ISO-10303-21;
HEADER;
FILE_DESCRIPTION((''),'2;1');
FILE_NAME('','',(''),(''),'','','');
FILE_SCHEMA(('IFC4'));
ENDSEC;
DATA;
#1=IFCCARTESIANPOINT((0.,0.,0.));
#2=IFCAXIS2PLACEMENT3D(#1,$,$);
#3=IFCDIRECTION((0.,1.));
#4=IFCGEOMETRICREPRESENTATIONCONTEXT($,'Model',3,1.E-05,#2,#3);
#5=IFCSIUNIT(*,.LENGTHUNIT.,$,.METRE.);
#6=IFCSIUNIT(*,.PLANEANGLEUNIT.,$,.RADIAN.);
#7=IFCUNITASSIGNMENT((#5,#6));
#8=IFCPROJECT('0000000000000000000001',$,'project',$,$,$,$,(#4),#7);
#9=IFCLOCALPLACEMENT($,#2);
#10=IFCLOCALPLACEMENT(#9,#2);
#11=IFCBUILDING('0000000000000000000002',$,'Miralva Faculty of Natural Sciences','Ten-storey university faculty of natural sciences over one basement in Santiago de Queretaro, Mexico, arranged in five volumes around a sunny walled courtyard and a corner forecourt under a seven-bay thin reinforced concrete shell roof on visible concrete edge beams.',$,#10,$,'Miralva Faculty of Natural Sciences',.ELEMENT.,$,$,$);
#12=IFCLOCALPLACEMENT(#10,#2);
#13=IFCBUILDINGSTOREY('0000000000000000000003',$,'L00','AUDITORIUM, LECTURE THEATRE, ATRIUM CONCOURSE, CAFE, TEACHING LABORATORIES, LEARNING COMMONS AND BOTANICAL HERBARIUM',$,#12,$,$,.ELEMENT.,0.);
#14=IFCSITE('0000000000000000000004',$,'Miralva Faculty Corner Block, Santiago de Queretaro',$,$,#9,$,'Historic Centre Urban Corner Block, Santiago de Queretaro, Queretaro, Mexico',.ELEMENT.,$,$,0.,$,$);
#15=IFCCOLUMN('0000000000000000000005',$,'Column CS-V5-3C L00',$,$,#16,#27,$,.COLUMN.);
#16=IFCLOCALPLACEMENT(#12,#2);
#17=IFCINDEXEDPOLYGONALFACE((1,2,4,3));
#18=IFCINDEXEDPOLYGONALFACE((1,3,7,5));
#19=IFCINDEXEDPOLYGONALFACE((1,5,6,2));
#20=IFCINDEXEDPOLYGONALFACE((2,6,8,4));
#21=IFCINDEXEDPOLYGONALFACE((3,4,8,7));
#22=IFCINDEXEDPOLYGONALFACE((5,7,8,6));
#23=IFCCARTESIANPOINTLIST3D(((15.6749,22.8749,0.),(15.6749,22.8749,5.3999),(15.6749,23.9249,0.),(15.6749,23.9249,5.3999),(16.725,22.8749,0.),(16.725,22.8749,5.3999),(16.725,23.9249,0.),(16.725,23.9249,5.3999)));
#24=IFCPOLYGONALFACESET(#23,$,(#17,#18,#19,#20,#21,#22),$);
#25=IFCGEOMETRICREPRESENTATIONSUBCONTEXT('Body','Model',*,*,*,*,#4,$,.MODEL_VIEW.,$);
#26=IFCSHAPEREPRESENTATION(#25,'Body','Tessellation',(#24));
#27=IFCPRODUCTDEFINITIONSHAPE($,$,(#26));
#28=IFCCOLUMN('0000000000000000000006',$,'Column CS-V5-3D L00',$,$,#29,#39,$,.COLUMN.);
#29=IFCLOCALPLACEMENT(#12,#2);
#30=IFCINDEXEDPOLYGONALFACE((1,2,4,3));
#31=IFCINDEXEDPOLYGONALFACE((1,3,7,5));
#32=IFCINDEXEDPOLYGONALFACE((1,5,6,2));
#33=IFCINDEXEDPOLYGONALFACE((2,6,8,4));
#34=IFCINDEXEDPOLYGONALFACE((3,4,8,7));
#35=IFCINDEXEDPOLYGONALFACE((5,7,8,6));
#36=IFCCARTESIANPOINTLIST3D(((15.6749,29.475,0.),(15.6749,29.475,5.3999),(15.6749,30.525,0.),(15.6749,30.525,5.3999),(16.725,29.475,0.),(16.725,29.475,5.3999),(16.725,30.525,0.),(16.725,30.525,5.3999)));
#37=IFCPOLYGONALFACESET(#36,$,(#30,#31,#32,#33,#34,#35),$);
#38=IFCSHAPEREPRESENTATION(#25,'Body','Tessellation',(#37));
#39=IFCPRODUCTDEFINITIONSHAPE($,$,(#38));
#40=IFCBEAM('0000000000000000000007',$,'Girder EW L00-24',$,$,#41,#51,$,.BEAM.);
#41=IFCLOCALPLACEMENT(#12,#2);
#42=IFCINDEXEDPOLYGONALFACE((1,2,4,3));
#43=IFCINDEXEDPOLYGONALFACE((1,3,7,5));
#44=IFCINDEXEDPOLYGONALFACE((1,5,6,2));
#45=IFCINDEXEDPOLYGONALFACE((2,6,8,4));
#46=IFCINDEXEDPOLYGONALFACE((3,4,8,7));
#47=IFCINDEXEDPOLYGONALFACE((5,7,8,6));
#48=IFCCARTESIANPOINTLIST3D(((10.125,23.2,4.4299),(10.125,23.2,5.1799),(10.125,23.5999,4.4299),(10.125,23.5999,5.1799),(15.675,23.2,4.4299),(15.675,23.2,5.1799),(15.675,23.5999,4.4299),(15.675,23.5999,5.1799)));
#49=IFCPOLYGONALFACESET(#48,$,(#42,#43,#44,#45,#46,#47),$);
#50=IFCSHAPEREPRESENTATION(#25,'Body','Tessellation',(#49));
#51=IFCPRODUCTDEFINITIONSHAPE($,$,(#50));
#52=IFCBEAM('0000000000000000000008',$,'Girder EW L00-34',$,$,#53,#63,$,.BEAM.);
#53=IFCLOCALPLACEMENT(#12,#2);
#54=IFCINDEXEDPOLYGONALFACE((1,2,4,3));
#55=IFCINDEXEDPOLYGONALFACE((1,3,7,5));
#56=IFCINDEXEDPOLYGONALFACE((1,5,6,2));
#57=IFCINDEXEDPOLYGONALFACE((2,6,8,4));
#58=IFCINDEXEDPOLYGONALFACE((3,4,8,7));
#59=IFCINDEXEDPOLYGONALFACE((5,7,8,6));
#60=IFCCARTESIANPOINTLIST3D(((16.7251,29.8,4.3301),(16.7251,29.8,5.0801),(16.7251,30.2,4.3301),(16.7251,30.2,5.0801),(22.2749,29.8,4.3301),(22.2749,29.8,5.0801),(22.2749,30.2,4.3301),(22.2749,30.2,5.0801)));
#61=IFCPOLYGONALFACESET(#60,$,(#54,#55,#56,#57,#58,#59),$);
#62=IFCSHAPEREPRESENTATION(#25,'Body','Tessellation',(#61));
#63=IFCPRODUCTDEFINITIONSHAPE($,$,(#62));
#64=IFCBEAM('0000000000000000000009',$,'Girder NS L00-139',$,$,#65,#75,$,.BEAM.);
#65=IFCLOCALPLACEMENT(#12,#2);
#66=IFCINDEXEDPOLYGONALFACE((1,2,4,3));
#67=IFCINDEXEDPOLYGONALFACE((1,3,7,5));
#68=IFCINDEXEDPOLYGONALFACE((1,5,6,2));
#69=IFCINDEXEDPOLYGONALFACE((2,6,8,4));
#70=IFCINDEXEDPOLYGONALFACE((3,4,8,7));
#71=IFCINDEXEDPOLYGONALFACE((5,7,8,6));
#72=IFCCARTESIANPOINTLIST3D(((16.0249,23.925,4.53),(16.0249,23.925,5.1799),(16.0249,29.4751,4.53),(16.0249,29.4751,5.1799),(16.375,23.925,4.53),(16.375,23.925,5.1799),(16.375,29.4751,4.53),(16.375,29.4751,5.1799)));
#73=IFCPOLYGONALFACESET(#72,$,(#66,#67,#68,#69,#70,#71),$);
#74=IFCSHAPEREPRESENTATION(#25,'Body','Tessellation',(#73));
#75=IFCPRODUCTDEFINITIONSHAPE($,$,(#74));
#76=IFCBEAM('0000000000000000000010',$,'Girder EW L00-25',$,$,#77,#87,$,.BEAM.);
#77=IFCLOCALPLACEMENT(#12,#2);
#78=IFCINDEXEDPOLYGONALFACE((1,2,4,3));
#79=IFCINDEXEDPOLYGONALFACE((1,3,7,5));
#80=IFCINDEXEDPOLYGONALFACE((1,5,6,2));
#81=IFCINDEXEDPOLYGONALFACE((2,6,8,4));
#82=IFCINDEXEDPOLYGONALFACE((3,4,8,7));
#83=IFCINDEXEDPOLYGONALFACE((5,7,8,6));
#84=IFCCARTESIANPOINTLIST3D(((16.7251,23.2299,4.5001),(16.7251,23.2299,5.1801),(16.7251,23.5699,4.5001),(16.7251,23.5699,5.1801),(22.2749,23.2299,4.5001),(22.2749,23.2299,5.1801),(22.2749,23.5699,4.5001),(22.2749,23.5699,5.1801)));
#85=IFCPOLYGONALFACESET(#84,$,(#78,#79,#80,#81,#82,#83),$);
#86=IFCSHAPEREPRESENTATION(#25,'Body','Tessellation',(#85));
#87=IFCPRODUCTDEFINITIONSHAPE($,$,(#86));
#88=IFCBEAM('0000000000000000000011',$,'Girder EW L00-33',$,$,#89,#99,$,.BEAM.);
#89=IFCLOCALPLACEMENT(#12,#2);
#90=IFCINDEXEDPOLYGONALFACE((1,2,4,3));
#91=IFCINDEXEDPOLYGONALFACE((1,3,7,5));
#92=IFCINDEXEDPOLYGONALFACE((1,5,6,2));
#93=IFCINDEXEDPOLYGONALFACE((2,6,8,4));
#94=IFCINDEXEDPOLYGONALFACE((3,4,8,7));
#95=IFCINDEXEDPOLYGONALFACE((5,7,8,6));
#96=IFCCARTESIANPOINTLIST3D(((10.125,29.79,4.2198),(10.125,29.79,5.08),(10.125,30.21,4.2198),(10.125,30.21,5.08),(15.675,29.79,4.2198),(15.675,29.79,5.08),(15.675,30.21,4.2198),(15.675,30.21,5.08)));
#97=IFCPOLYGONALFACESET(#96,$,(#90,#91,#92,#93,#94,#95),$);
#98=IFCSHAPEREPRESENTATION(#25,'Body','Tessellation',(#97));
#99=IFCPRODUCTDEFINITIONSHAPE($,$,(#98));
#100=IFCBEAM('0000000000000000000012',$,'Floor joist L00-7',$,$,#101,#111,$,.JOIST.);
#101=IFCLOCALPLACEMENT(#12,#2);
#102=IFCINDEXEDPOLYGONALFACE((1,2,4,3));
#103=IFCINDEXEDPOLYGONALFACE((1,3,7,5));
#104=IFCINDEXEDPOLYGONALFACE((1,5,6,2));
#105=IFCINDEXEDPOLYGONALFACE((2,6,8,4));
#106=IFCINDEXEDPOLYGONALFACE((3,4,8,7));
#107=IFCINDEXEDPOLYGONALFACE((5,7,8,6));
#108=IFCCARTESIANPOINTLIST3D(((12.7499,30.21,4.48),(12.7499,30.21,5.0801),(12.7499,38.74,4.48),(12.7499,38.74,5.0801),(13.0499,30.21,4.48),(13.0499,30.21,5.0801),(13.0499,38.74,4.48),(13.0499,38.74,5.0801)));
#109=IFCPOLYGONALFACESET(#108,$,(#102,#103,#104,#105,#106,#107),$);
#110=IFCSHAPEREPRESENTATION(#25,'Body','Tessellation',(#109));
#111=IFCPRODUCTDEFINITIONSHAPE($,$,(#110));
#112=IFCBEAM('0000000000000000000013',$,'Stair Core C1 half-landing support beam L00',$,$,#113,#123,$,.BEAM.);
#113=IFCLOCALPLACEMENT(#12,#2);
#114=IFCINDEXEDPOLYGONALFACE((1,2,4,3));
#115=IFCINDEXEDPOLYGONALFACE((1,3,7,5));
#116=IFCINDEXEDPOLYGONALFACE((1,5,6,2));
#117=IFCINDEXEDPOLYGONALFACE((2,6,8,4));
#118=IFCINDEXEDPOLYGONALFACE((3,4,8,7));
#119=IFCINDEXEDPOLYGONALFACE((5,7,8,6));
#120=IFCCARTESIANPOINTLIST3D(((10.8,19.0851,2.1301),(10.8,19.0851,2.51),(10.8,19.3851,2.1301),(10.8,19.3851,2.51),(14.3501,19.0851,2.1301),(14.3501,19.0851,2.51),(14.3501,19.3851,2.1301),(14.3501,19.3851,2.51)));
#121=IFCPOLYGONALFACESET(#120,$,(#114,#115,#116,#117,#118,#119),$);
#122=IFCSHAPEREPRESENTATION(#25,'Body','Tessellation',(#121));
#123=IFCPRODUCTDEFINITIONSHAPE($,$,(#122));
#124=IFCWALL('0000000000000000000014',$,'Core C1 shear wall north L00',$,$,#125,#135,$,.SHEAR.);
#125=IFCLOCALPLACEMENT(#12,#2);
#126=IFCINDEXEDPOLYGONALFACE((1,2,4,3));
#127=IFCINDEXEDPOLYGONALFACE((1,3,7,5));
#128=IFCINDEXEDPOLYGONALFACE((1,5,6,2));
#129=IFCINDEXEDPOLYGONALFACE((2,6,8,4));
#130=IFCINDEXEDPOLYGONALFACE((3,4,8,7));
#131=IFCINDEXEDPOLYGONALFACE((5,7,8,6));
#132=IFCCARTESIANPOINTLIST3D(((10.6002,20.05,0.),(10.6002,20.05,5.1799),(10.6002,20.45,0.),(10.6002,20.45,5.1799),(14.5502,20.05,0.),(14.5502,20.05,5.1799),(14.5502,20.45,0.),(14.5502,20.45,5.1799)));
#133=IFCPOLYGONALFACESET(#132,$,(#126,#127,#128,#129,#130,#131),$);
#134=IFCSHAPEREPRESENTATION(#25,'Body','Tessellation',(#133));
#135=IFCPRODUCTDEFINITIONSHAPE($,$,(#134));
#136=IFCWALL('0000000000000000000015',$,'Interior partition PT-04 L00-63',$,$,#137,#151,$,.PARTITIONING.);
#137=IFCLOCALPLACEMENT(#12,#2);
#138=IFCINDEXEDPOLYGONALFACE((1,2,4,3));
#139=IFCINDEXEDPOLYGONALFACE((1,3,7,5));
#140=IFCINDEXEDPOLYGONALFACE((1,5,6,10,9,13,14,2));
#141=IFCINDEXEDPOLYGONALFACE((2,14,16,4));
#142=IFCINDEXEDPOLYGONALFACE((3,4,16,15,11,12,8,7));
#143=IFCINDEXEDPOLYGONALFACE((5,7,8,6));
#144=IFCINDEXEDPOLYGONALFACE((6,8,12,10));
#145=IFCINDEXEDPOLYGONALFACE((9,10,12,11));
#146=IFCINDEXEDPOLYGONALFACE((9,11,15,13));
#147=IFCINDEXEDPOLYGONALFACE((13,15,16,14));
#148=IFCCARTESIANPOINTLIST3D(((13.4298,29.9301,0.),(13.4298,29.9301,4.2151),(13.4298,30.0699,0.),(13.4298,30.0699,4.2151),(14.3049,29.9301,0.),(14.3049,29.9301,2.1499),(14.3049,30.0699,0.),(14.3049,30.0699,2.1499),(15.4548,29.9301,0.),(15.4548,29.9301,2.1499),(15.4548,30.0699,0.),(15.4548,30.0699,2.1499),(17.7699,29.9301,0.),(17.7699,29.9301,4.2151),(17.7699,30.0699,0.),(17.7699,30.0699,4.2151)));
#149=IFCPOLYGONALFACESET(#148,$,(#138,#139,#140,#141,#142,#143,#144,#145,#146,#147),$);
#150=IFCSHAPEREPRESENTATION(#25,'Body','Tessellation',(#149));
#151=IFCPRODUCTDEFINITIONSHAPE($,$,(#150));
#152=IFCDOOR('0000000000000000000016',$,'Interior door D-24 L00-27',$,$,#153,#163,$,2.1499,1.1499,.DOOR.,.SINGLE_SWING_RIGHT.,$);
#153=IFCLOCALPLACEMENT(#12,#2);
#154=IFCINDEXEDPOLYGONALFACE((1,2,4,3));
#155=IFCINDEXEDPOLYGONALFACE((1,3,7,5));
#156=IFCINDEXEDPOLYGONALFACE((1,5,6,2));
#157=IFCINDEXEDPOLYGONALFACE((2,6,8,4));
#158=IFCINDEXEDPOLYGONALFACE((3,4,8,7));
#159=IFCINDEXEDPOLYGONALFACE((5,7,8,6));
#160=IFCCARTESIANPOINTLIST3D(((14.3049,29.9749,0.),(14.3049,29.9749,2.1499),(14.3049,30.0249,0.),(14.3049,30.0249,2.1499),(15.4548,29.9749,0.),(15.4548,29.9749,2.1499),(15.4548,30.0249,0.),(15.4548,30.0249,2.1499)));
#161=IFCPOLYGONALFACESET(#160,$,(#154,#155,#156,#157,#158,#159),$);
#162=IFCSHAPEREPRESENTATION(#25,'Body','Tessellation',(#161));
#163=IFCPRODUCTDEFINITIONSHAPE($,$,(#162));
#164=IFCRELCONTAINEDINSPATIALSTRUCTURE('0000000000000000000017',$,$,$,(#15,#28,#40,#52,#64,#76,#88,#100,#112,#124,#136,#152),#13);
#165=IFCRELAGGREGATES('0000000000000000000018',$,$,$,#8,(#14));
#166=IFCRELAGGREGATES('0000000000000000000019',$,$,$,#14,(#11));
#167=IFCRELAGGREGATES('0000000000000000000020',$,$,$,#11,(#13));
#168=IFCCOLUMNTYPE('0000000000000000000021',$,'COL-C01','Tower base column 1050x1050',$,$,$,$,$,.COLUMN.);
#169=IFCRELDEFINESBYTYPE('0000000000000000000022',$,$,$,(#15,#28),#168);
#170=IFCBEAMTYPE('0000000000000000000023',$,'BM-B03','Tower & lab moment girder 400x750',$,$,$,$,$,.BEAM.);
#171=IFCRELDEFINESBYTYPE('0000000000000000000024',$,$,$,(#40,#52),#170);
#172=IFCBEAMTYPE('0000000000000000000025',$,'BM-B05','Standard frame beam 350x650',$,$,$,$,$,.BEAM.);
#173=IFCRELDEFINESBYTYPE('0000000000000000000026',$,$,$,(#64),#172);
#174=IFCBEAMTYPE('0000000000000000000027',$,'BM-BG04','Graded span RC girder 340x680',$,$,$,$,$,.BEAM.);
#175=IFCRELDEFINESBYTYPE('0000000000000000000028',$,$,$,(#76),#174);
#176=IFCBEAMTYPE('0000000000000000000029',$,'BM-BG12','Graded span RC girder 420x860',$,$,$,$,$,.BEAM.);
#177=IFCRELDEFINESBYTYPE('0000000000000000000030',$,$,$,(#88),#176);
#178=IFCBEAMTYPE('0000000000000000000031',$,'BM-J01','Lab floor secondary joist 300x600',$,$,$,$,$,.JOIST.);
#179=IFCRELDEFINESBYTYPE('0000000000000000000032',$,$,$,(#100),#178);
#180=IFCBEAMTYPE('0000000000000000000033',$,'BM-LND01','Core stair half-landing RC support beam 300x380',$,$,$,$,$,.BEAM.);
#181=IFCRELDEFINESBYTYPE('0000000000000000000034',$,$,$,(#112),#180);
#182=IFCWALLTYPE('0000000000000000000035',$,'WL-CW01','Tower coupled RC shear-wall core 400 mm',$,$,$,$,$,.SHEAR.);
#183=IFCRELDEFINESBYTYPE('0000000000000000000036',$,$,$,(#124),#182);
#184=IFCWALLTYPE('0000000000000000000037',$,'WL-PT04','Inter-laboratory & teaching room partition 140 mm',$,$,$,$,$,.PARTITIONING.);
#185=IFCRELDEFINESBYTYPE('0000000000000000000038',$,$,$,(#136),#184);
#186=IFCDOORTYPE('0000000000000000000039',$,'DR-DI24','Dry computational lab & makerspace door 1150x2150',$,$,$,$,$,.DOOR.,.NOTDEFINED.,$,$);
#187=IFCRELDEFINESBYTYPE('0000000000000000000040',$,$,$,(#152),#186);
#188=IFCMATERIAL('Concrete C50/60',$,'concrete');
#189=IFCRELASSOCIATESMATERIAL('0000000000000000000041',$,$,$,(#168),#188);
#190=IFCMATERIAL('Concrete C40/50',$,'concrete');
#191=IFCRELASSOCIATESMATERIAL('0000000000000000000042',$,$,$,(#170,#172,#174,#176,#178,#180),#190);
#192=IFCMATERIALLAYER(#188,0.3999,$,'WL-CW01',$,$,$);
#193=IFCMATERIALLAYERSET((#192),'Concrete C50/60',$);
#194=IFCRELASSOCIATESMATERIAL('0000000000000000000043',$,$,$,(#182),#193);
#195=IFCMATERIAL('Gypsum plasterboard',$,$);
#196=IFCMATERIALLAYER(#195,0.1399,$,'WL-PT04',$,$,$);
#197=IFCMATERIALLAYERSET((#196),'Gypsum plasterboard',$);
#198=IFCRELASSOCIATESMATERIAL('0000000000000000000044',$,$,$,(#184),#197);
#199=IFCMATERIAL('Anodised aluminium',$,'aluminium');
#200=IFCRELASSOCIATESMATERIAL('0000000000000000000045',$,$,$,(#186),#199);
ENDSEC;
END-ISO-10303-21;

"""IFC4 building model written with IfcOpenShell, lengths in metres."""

from ifc_helpers import new_model, si_unit, direction, frame, frame_2d, origin, origin_2d, place, context, subcontext, project, spatial, rectangle, extrude, material, layer, layer_set, material_profile, profile_set, type_object, element, fill, save


model = new_model("IFC4")

# Units and contexts
model_context = context("Model", 3, precision=1e-05, world=origin(), true_north=direction((0.0, 1.0)))
body_context = subcontext(model_context, "Body", "Model", "MODEL_VIEW")
ifc_project = project(units=[si_unit("LENGTHUNIT", "METRE"), si_unit("PLANEANGLEUNIT", "RADIAN")], contexts=[model_context])

# Site, building, storey
site_placement = place(None, origin())
site = spatial("IfcSite", under=ifc_project, at=site_placement, Name="Miralva Faculty Corner Block, Santiago de Queretaro", LongName="Historic Centre Urban Corner Block, Santiago de Queretaro, Queretaro, Mexico", CompositionType="ELEMENT", RefElevation=0.0)
building_placement = place(site_placement, origin())
building = spatial("IfcBuilding", under=site, at=building_placement, Name="Miralva Faculty of Natural Sciences", Description="Ten-storey university faculty of natural sciences over one basement in Santiago de Queretaro, Mexico, arranged in five volumes around a sunny walled courtyard and a corner forecourt under a seven-bay thin reinforced concrete shell roof on visible concrete edge beams.", LongName="Miralva Faculty of Natural Sciences", CompositionType="ELEMENT")
storey_placement = place(building_placement, origin())
storey = spatial("IfcBuildingStorey", under=building, at=storey_placement, Name="L00", Description="AUDITORIUM, LECTURE THEATRE, ATRIUM CONCOURSE, CAFE, TEACHING LABORATORIES, LEARNING COMMONS AND BOTANICAL HERBARIUM", CompositionType="ELEMENT", Elevation=0.0)

# Columns
ifc_material_1 = material(Name="Concrete C50/60", Category="concrete")
ifc_material_profile_1 = material_profile(ifc_material_1, rectangle(XDim=1.05, YDim=1.05, at=origin_2d()), Name="RC 1050x1050")
ifc_profile_set_1 = profile_set([ifc_material_profile_1], Name="Concrete C50/60")
column_type = type_object("IfcColumnType", Name="COL-C01", Description="Tower base column 1050x1050", PredefinedType="COLUMN", material=ifc_profile_set_1)
for number, where, z_axis, x_axis, name in (
    (1, (16.2, 23.3999, 0.0), (0.0, 0.0, 1.0), (1.0, 0.0, 0.0), "Column CS-V5-3C L00"),
    (2, (16.2, 30.0, 0.0), (0.0, 0.0, 1.0), (1.0, 0.0, 0.0), "Column CS-V5-3D L00"),
):
    element("IfcColumn", number, at=place(storey_placement, frame(where, z_axis=z_axis, x_axis=x_axis)), inside=storey, type_object=column_type, Name=name, PredefinedType="COLUMN", context=body_context, shape_type="SweptSolid", body=[
        extrude(rectangle(XDim=1.05, YDim=1.05, at=origin_2d()), origin(), (0.0, 0.0, 1.0), 5.3999),
    ])

# Beams
ifc_material_2 = material(Name="Concrete C40/50", Category="concrete")
ifc_material_profile_2 = material_profile(ifc_material_2, rectangle(XDim=0.3999, YDim=0.75, at=origin_2d()), Name="RC 400x750")
ifc_profile_set_2 = profile_set([ifc_material_profile_2], Name="Concrete C40/50")
beam_type_1 = type_object("IfcBeamType", Name="BM-B03", Description="Tower & lab moment girder 400x750", PredefinedType="BEAM", material=ifc_profile_set_2)
beam_1_placement = place(storey_placement, frame((10.125, 23.3999, 4.8049), z_axis=(1.0, 0.0, 0.0), x_axis=(0.0, 1.0, 0.0)))
element("IfcBeam", 3, at=beam_1_placement, inside=storey, type_object=beam_type_1, Name="Girder EW L00-24", PredefinedType="BEAM", context=body_context, shape_type="SweptSolid", body=[
    extrude(rectangle(XDim=0.3999, YDim=0.75, at=origin_2d()), origin(), (0.0, 0.0, 1.0), 5.55),
])
beam_2_placement = place(storey_placement, frame((16.7251, 30.0, 4.7051), z_axis=(1.0, 0.0, 0.0), x_axis=(0.0, 1.0, 0.0)))
element("IfcBeam", 4, at=beam_2_placement, inside=storey, type_object=beam_type_1, Name="Girder EW L00-34", PredefinedType="BEAM", context=body_context, shape_type="SweptSolid", body=[
    extrude(rectangle(XDim=0.3999, YDim=0.75, at=origin_2d()), origin(), (0.0, 0.0, 1.0), 5.5498),
])
ifc_material_profile_3 = material_profile(ifc_material_2, rectangle(XDim=0.3501, YDim=0.6499, at=origin_2d()), Name="RC 350x650")
ifc_profile_set_3 = profile_set([ifc_material_profile_3], Name="Concrete C40/50")
beam_type_2 = type_object("IfcBeamType", Name="BM-B05", Description="Standard frame beam 350x650", PredefinedType="BEAM", material=ifc_profile_set_3)
beam_3_placement = place(storey_placement, frame((16.2, 23.925, 4.855), z_axis=(0.0, 1.0, 0.0), x_axis=(-1.0, 0.0, 0.0)))
element("IfcBeam", 5, at=beam_3_placement, inside=storey, type_object=beam_type_2, Name="Girder NS L00-139", PredefinedType="BEAM", context=body_context, shape_type="SweptSolid", body=[
    extrude(rectangle(XDim=0.3501, YDim=0.6499, at=origin_2d()), origin(), (0.0, 0.0, 1.0), 5.55),
])
ifc_material_profile_4 = material_profile(ifc_material_2, rectangle(XDim=0.3401, YDim=0.6799, at=origin_2d()), Name="RC 340x680")
ifc_profile_set_4 = profile_set([ifc_material_profile_4], Name="Concrete C40/50")
beam_type_3 = type_object("IfcBeamType", Name="BM-BG04", Description="Graded span RC girder 340x680", PredefinedType="BEAM", material=ifc_profile_set_4)
beam_4_placement = place(storey_placement, frame((16.7251, 23.3999, 4.8401), z_axis=(1.0, 0.0, 0.0), x_axis=(0.0, 1.0, 0.0)))
element("IfcBeam", 6, at=beam_4_placement, inside=storey, type_object=beam_type_3, Name="Girder EW L00-25", PredefinedType="BEAM", context=body_context, shape_type="SweptSolid", body=[
    extrude(rectangle(XDim=0.3401, YDim=0.6799, at=origin_2d()), origin(), (0.0, 0.0, 1.0), 5.5498),
])
ifc_material_profile_5 = material_profile(ifc_material_2, rectangle(XDim=0.4199, YDim=0.8601, at=origin_2d()), Name="RC 420x860")
ifc_profile_set_5 = profile_set([ifc_material_profile_5], Name="Concrete C40/50")
beam_type_4 = type_object("IfcBeamType", Name="BM-BG12", Description="Graded span RC girder 420x860", PredefinedType="BEAM", material=ifc_profile_set_5)
beam_5_placement = place(storey_placement, frame((10.125, 30.0, 4.6499), z_axis=(1.0, 0.0, 0.0), x_axis=(0.0, 1.0, 0.0)))
element("IfcBeam", 7, at=beam_5_placement, inside=storey, type_object=beam_type_4, Name="Girder EW L00-33", PredefinedType="BEAM", context=body_context, shape_type="SweptSolid", body=[
    extrude(rectangle(XDim=0.4199, YDim=0.8601, at=origin_2d()), origin(), (0.0, 0.0, 1.0), 5.55),
])
ifc_material_profile_6 = material_profile(ifc_material_2, rectangle(XDim=0.3, YDim=0.6001, at=origin_2d()), Name="RC 300x600")
ifc_profile_set_6 = profile_set([ifc_material_profile_6], Name="Concrete C40/50")
beam_type_5 = type_object("IfcBeamType", Name="BM-J01", Description="Lab floor secondary joist 300x600", PredefinedType="JOIST", material=ifc_profile_set_6)
beam_6_placement = place(storey_placement, frame((12.8999, 30.21, 4.78), z_axis=(0.0, 1.0, 0.0), x_axis=(-1.0, 0.0, 0.0)))
element("IfcBeam", 8, at=beam_6_placement, inside=storey, type_object=beam_type_5, Name="Floor joist L00-7", PredefinedType="JOIST", context=body_context, shape_type="SweptSolid", body=[
    extrude(rectangle(XDim=0.3, YDim=0.6001, at=origin_2d()), origin(), (0.0, 0.0, 1.0), 8.53),
])
ifc_material_profile_7 = material_profile(ifc_material_2, rectangle(XDim=0.3, YDim=0.3799, at=origin_2d()), Name="RC 300x380")
ifc_profile_set_7 = profile_set([ifc_material_profile_7], Name="Concrete C40/50")
beam_type_6 = type_object("IfcBeamType", Name="BM-LND01", Description="Core stair half-landing RC support beam 300x380", PredefinedType="BEAM", material=ifc_profile_set_7)
beam_7_placement = place(storey_placement, frame((10.8, 19.2351, 2.3201), z_axis=(1.0, 0.0, 0.0), x_axis=(0.0, 1.0, 0.0)))
element("IfcBeam", 9, at=beam_7_placement, inside=storey, type_object=beam_type_6, Name="Stair Core C1 half-landing support beam L00", PredefinedType="BEAM", context=body_context, shape_type="SweptSolid", body=[
    extrude(rectangle(XDim=0.3, YDim=0.3799, at=origin_2d()), origin(), (0.0, 0.0, 1.0), 3.55),
])

# Wall
ifc_layer_1 = layer(ifc_material_1, 0.3999, Name="WL-CW01")
ifc_layer_set_1 = layer_set([ifc_layer_1], Name="Concrete C50/60")
wall_type_1 = type_object("IfcWallType", Name="WL-CW01", Description="Tower coupled RC shear-wall core 400 mm", PredefinedType="SHEAR", material=ifc_layer_set_1)
wall_1_placement = place(storey_placement, frame((10.6001, 20.25, 0.0), z_axis=(0.0, 0.0, 1.0), x_axis=(1.0, 0.0, 0.0)))
element("IfcWall", 10, at=wall_1_placement, inside=storey, type_object=wall_type_1, Name="Core C1 shear wall north L00", PredefinedType="SHEAR", context=body_context, shape_type="SweptSolid", body=[
    extrude(rectangle(XDim=3.95, YDim=0.3999, at=frame_2d((1.9751, 0.0))), origin(), (0.0, 0.0, 1.0), 5.1799),
])

# Wall, opening, door
ifc_material_3 = material(Name="Gypsum plasterboard")
ifc_layer_2 = layer(ifc_material_3, 0.1399, Name="WL-PT04")
ifc_layer_set_2 = layer_set([ifc_layer_2], Name="Gypsum plasterboard")
wall_type_2 = type_object("IfcWallType", Name="WL-PT04", Description="Inter-laboratory & teaching room partition 140 mm", PredefinedType="PARTITIONING", material=ifc_layer_set_2)
wall_2_placement = place(storey_placement, frame((13.4299, 30.0, 0.0), z_axis=(0.0, 0.0, 1.0), x_axis=(1.0, 0.0, 0.0)))
wall_2 = element("IfcWall", 11, at=wall_2_placement, inside=storey, type_object=wall_type_2, Name="Interior partition PT-04 L00-63", PredefinedType="PARTITIONING", context=body_context, shape_type="SweptSolid", body=[
    extrude(rectangle(XDim=4.3401, YDim=0.1399, at=frame_2d((2.1699, 0.0))), origin(), (0.0, 0.0, 1.0), 4.2151),
])
opening_1_placement = place(wall_2_placement, frame((0.875, 0.0, 0.0)))
opening_1 = element("IfcOpeningElement", 12, at=opening_1_placement, cuts=wall_2, PredefinedType="OPENING", context=body_context, shape_type="SweptSolid", body=[
    extrude(rectangle(XDim=1.1499, YDim=2.1499, at=frame_2d((0.575, 1.075))), frame((0.0, 0.0798, 0.0), z_axis=(0.0, -1.0, 0.0), x_axis=(1.0, 0.0, 0.0)), (0.0, 0.0, 1.0), 0.1599),
])
ifc_material_4 = material(Name="Anodised aluminium", Category="aluminium")
door_type_1 = type_object("IfcDoorType", Name="DR-DI24", Description="Dry computational lab & makerspace door 1150x2150", OperationType="NOTDEFINED", PredefinedType="DOOR", material=ifc_material_4)
door_1_placement = place(opening_1_placement, origin())
door_1 = element("IfcDoor", 13, at=door_1_placement, inside=storey, type_object=door_type_1, Name="Interior door D-24 L00-27", OperationType="SINGLE_SWING_RIGHT", OverallHeight=2.1499, OverallWidth=1.1499, PredefinedType="DOOR", context=body_context, shape_type="SweptSolid", body=[
    extrude(rectangle(XDim=1.1499, YDim=2.1499, at=frame_2d((0.575, 1.075))), frame((0.0, 0.0249, 0.0), z_axis=(0.0, -1.0, 0.0), x_axis=(1.0, 0.0, 0.0)), (0.0, 0.0, 1.0), 0.05),
])
fill(opening_1, door_1)

save(model, "model.ifc")
